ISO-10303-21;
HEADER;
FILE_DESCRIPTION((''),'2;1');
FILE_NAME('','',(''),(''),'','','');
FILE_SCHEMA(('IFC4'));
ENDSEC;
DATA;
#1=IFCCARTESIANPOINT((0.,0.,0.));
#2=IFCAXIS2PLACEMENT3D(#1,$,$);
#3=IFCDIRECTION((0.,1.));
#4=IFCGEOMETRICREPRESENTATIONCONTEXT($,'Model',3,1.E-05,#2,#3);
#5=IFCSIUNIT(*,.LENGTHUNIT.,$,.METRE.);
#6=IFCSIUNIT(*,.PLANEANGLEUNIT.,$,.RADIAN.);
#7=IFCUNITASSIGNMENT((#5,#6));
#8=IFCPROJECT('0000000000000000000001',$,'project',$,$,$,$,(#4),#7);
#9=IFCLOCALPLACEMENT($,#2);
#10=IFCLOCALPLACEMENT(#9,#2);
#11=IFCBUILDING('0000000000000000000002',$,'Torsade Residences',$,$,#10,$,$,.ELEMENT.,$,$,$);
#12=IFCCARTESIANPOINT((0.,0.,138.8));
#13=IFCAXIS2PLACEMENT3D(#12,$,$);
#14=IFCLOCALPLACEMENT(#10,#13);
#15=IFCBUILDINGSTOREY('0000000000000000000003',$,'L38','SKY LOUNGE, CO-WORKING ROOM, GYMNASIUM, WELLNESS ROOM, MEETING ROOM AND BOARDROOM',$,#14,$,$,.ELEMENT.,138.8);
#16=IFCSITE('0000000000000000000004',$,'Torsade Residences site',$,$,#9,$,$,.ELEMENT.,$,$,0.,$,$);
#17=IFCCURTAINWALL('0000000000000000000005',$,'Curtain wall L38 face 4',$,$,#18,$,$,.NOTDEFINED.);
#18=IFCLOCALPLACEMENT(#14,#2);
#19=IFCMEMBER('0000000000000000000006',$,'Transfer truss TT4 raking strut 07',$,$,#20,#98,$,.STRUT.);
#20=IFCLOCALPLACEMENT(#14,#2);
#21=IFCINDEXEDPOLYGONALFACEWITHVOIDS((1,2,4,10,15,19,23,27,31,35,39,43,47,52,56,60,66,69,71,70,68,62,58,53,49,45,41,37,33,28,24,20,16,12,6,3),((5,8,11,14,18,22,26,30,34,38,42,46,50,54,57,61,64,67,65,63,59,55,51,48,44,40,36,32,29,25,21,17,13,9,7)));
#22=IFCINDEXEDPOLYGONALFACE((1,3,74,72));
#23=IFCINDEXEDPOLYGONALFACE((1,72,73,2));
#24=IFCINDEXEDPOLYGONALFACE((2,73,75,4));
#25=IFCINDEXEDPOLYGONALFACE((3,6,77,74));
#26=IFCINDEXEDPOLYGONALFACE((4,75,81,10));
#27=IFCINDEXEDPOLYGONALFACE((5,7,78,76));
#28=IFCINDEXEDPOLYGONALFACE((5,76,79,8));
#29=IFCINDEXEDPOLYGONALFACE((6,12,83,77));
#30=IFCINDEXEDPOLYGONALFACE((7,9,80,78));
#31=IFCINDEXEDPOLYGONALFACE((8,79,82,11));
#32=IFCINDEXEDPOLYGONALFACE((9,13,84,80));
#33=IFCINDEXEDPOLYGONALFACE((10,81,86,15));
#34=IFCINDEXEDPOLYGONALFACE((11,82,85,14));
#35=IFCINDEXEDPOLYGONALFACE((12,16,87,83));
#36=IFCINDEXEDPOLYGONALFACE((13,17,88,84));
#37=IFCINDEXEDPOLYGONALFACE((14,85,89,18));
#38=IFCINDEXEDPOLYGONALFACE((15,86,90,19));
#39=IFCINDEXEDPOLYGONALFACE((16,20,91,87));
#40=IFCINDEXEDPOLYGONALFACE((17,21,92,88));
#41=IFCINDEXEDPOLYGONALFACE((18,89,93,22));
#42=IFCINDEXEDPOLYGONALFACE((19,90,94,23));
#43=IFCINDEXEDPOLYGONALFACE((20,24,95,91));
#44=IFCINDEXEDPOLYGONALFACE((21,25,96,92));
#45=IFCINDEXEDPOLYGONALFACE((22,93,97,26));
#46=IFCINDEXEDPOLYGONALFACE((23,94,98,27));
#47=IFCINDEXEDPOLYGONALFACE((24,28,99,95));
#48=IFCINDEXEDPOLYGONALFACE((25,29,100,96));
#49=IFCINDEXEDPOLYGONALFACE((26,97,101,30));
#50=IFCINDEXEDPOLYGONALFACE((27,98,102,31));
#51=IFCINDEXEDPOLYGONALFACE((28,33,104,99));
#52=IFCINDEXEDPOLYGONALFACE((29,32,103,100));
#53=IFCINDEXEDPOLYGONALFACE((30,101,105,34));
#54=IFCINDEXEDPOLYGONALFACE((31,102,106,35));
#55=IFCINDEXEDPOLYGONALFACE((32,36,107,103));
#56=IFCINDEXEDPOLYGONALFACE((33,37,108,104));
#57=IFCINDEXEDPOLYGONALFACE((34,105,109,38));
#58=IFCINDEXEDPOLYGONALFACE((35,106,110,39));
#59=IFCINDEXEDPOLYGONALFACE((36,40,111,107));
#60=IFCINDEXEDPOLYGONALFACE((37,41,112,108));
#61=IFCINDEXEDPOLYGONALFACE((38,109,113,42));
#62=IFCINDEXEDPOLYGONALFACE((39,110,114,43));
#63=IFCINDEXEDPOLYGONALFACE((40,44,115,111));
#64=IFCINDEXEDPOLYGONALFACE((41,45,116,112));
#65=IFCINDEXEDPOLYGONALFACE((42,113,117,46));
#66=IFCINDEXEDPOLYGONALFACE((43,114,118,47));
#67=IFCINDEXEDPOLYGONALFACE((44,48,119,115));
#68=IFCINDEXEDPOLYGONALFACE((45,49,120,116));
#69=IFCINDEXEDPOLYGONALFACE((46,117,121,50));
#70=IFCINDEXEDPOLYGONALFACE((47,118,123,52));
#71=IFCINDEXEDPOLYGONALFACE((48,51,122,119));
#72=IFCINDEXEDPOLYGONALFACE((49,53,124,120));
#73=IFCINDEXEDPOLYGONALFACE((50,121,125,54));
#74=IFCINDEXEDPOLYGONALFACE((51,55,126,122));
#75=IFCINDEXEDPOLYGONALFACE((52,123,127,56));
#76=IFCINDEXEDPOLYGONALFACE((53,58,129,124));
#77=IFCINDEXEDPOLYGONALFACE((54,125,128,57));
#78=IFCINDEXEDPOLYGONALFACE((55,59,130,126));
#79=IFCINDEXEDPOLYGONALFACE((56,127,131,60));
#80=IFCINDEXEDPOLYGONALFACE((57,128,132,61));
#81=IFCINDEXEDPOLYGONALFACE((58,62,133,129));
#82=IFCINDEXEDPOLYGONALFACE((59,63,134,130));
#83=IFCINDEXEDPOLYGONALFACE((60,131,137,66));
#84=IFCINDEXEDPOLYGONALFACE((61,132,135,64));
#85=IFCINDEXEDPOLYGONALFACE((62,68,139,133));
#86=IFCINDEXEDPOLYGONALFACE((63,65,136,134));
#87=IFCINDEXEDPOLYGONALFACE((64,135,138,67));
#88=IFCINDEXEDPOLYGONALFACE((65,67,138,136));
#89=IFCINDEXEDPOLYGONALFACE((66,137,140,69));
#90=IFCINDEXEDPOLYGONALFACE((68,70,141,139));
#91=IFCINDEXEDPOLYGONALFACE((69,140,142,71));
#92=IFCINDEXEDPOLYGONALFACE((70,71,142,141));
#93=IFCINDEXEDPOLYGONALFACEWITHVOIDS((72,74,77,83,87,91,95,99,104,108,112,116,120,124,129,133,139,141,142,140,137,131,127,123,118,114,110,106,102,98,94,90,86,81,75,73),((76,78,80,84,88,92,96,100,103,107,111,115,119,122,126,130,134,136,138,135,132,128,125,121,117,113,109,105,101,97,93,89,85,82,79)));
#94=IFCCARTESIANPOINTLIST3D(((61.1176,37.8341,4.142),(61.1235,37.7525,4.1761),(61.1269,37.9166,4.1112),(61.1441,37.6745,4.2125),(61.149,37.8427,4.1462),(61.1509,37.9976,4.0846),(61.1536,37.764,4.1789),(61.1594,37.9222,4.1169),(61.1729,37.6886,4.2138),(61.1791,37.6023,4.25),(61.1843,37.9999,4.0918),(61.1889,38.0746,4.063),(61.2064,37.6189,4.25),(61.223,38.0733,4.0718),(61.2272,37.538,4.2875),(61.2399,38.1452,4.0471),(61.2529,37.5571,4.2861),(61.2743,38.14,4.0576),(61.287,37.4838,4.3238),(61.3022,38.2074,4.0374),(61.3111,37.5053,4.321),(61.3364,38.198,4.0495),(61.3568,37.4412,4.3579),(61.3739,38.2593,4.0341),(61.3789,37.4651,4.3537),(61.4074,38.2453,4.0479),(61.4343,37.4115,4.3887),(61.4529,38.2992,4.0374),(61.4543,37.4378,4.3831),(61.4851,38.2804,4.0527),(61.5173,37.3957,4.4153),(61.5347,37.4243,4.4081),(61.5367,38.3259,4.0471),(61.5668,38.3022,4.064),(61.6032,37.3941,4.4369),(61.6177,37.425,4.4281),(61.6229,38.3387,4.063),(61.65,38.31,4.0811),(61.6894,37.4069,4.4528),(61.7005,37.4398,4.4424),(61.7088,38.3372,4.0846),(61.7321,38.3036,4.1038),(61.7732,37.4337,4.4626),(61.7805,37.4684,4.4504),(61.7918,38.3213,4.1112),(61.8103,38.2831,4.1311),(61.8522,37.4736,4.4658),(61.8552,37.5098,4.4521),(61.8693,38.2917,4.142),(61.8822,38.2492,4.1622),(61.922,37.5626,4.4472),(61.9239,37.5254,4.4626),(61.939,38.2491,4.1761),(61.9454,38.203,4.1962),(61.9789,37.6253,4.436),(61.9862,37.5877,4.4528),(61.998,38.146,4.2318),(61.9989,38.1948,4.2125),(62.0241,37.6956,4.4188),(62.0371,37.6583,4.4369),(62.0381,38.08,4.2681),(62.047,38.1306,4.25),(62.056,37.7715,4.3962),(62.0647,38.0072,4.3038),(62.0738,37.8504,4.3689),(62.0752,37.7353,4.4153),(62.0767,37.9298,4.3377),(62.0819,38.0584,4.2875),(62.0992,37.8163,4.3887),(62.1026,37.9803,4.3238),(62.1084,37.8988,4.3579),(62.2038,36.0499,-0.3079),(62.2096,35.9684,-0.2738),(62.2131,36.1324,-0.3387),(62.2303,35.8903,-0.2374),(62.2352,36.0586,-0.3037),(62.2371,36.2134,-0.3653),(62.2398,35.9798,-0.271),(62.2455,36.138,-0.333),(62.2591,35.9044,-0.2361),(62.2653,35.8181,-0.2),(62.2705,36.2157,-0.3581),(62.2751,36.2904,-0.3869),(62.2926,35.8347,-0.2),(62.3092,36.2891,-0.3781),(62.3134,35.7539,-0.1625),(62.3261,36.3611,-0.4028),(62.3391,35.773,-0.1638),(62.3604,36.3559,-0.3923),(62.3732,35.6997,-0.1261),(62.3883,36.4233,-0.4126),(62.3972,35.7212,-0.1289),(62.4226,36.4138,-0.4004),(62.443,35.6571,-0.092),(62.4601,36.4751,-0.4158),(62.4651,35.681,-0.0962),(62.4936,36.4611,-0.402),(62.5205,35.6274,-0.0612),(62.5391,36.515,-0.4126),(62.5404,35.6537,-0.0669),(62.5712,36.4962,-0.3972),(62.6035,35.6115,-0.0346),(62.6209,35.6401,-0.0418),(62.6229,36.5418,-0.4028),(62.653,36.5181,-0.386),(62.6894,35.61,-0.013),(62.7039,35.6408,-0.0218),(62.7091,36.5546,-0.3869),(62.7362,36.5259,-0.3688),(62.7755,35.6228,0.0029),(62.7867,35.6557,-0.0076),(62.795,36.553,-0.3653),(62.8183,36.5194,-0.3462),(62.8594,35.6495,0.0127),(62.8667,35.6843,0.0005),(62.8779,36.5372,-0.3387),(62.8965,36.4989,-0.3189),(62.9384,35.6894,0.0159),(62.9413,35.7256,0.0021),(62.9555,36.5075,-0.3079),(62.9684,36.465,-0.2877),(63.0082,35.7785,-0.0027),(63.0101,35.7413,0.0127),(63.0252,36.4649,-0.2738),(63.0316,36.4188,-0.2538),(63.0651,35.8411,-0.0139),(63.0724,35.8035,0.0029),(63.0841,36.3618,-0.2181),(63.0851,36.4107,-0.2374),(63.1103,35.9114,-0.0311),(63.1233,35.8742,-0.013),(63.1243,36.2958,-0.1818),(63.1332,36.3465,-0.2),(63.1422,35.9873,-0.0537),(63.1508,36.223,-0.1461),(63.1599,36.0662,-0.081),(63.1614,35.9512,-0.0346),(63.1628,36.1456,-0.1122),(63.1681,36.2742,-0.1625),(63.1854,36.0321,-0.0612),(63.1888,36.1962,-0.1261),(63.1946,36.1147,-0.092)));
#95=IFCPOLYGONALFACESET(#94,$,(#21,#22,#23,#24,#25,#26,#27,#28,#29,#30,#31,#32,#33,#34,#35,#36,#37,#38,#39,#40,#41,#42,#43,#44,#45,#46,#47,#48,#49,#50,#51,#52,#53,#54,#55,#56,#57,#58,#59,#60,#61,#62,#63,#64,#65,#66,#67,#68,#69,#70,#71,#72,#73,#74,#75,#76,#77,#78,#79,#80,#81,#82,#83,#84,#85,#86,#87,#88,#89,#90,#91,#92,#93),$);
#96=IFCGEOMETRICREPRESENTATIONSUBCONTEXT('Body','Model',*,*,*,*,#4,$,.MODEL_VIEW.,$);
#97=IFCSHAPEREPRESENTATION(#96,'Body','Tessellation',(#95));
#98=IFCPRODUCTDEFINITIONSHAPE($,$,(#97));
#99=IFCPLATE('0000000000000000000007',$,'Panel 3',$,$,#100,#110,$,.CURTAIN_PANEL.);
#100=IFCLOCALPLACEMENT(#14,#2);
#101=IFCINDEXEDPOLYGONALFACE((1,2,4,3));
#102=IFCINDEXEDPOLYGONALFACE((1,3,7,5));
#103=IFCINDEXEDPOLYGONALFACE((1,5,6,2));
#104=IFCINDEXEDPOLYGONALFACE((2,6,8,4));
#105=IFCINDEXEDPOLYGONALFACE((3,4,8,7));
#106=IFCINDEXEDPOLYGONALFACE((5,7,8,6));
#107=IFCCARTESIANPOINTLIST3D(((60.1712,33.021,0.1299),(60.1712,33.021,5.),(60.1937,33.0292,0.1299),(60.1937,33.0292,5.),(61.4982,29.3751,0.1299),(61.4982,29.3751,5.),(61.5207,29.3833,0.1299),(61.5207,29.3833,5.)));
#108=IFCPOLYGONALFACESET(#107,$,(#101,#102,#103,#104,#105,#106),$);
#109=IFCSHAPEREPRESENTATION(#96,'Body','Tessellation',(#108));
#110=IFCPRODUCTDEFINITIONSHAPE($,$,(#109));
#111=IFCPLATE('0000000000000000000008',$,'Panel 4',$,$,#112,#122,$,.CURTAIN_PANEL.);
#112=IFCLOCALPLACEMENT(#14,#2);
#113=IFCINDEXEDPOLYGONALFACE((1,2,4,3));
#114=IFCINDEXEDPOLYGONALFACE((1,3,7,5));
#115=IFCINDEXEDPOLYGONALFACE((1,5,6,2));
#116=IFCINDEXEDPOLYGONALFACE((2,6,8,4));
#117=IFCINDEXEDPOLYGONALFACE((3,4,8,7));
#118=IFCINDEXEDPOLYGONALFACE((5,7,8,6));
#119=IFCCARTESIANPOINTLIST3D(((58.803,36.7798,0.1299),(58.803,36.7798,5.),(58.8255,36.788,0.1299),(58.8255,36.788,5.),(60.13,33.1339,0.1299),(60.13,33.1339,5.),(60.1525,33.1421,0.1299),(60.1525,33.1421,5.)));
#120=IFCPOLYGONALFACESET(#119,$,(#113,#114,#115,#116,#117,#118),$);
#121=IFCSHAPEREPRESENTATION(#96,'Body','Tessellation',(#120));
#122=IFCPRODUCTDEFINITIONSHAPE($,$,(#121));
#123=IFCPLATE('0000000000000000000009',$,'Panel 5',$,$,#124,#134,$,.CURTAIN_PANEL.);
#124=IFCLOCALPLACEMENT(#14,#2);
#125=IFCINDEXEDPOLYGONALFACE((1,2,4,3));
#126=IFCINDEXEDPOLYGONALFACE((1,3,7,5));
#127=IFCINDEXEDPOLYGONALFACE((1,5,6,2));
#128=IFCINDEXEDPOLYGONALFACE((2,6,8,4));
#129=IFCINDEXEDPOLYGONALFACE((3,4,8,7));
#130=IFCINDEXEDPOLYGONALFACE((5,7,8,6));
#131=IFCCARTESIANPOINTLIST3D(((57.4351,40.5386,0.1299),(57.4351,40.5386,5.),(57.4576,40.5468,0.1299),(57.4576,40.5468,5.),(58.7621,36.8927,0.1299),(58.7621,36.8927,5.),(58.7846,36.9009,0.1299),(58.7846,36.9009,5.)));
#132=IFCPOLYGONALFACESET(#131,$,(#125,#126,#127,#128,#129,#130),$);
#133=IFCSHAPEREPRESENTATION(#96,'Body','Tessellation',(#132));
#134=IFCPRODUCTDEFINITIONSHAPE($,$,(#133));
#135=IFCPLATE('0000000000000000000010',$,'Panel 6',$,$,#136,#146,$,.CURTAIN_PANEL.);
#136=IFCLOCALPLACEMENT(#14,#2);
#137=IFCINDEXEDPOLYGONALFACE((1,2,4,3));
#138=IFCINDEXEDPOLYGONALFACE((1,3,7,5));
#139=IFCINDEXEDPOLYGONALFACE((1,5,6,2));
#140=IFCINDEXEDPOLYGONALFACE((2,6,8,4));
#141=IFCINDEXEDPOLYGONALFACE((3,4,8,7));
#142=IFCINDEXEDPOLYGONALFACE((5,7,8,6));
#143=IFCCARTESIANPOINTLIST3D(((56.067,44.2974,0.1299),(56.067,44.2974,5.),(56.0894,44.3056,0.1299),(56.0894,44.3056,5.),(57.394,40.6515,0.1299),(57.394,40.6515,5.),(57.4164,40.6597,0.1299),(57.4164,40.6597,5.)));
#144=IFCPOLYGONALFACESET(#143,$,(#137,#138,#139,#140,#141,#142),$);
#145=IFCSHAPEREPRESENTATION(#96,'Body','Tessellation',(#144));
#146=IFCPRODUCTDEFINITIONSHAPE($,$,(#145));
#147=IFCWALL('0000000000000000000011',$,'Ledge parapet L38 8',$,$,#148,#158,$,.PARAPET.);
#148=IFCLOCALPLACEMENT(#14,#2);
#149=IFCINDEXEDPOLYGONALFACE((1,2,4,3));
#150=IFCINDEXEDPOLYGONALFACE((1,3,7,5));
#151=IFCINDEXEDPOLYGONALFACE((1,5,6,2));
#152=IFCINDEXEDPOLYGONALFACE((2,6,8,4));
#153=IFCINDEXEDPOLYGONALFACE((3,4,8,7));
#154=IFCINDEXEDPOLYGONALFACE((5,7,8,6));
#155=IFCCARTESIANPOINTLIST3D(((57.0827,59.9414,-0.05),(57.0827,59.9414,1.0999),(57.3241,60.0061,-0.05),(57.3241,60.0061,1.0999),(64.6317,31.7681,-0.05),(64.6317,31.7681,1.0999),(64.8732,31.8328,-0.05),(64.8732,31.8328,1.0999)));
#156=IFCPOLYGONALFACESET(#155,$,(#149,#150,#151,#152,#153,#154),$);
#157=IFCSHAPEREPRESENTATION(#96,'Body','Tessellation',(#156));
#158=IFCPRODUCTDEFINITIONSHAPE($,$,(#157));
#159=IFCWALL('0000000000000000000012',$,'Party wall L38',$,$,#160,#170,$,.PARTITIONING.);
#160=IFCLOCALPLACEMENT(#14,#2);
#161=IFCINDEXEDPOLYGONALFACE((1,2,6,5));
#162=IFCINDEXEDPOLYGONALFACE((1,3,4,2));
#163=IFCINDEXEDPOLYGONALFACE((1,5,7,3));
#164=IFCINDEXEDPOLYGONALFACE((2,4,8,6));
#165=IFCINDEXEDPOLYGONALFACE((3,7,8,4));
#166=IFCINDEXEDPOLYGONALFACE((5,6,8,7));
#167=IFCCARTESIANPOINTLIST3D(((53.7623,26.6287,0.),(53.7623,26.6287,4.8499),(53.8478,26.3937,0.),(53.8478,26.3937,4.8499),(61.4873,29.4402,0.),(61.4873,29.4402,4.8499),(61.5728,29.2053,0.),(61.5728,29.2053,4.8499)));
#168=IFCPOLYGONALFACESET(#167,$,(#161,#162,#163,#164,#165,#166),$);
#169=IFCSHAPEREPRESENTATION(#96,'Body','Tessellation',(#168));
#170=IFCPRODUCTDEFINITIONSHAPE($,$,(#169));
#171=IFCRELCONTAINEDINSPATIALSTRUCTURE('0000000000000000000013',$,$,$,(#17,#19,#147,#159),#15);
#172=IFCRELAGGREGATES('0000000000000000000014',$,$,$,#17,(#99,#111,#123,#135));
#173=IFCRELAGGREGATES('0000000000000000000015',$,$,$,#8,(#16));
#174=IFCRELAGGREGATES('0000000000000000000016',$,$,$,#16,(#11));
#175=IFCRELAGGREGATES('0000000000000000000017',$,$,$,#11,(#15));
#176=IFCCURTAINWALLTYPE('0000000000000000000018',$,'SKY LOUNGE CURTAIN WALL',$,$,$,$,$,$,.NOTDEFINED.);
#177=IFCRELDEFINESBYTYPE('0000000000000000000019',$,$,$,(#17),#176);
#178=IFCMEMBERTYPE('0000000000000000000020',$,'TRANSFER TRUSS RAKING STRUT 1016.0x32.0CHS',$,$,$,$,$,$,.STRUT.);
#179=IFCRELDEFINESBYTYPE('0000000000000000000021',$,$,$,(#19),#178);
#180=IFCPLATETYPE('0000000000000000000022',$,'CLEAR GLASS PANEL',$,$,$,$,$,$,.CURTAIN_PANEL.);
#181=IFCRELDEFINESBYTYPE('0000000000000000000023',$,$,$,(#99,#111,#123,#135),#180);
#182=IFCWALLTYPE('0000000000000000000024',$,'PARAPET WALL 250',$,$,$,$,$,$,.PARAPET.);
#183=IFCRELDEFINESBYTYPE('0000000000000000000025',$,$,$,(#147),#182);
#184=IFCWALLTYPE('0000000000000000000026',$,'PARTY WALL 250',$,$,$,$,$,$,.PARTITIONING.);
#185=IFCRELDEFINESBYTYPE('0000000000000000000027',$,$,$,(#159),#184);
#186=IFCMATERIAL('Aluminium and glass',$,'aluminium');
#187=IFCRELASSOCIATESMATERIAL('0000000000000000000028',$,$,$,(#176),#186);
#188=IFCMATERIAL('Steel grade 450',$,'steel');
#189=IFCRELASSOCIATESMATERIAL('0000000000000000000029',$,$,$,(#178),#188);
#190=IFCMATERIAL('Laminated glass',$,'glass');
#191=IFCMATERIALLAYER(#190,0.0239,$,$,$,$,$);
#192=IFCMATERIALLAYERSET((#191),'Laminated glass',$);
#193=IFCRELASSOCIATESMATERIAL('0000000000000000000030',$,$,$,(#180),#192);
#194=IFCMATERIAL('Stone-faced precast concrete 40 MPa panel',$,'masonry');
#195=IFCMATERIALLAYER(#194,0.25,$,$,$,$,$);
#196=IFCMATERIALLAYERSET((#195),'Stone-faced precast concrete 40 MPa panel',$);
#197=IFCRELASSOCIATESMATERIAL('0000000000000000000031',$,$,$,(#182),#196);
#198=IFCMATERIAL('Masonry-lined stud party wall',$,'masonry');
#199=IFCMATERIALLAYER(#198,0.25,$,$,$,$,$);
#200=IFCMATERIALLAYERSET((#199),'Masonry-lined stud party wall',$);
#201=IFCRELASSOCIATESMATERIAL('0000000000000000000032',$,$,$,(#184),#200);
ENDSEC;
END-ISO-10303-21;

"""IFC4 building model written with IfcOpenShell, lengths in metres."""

from ifc_helpers import new_model, si_unit, direction, frame, frame_2d, origin, origin_2d, place, context, subcontext, project, spatial, rectangle, hollow_circle, extrude, material, layer, layer_set, material_profile, profile_set, type_object, element, aggregate, save


model = new_model("IFC4")

# Units and contexts
model_context = context("Model", 3, precision=1e-05, world=origin(), true_north=direction((0.0, 1.0)))
body_context = subcontext(model_context, "Body", "Model", "MODEL_VIEW")
ifc_project = project(units=[si_unit("LENGTHUNIT", "METRE"), si_unit("PLANEANGLEUNIT", "RADIAN")], contexts=[model_context])

# Site, building, storey
site_placement = place(None, origin())
site = spatial("IfcSite", under=ifc_project, at=site_placement, Name="Torsade Residences site", CompositionType="ELEMENT", RefElevation=0.0)
building_placement = place(site_placement, origin())
building = spatial("IfcBuilding", under=site, at=building_placement, Name="Torsade Residences", CompositionType="ELEMENT")
storey_placement = place(building_placement, frame((0.0, 0.0, 138.8)))
storey = spatial("IfcBuildingStorey", under=building, at=storey_placement, Name="L38", Description="SKY LOUNGE, CO-WORKING ROOM, GYMNASIUM, WELLNESS ROOM, MEETING ROOM AND BOARDROOM", CompositionType="ELEMENT", Elevation=138.8)

# Curtain wall
ifc_material_1 = material(Name="Aluminium and glass", Category="aluminium")
curtain_wall_type = type_object("IfcCurtainWallType", Name="SKY LOUNGE CURTAIN WALL", PredefinedType="NOTDEFINED", material=ifc_material_1)
curtain_wall_placement = place(storey_placement, origin())
curtain_wall = element("IfcCurtainWall", 1, at=curtain_wall_placement, inside=storey, type_object=curtain_wall_type, Name="Curtain wall L38 face 4", PredefinedType="NOTDEFINED")

# Member
ifc_material_2 = material(Name="Steel grade 450", Category="steel")
ifc_material_profile_1 = material_profile(ifc_material_2, hollow_circle(Radius=0.5081, WallThickness=0.032, at=origin_2d()), Name="1016.0x32.0CHS")
ifc_profile_set_1 = profile_set([ifc_material_profile_1], Name="Steel grade 450")
member_type_1 = type_object("IfcMemberType", Name="TRANSFER TRUSS RAKING STRUT 1016.0x32.0CHS", PredefinedType="STRUT", material=ifc_profile_set_1)
member_1_placement = place(storey_placement, frame((62.6992, 36.0823, -0.2), z_axis=(-0.220957, 0.362948, 0.905233), x_axis=(-0.854165, -0.520003, 0.0)))
element("IfcMember", 2, at=member_1_placement, inside=storey, type_object=member_type_1, Name="Transfer truss TT4 raking strut 07", PredefinedType="STRUT", context=body_context, shape_type="SweptSolid", body=[
    extrude(hollow_circle(Radius=0.5081, WallThickness=0.032, at=origin_2d()), origin(), (0.0, 0.0, 1.0), 4.9158),
])

# Plates
ifc_material_3 = material(Name="Laminated glass", Category="glass")
ifc_layer_1 = layer(ifc_material_3, 0.0239)
ifc_layer_set_1 = layer_set([ifc_layer_1], Name="Laminated glass")
plate_type = type_object("IfcPlateType", Name="CLEAR GLASS PANEL", PredefinedType="CURTAIN_PANEL", material=ifc_layer_set_1)
plate_1_placement = place(storey_placement, frame((60.8459, 31.2021, 0.1299), z_axis=(0.0, 0.0, 1.0), x_axis=(-0.34202, 0.939693, 0.0)))
plate_1 = element("IfcPlate", 3, at=plate_1_placement, type_object=plate_type, Name="Panel 3", PredefinedType="CURTAIN_PANEL", context=body_context, shape_type="SweptSolid", body=[
    extrude(rectangle(XDim=3.8799, YDim=0.0239, at=origin_2d()), origin(), (0.0, 0.0, 1.0), 4.8701),
])
plate_2_placement = place(storey_placement, frame((59.4778, 34.9609, 0.1299), z_axis=(0.0, 0.0, 1.0), x_axis=(-0.34202, 0.939693, 0.0)))
plate_2 = element("IfcPlate", 4, at=plate_2_placement, type_object=plate_type, Name="Panel 4", PredefinedType="CURTAIN_PANEL", context=body_context, shape_type="SweptSolid", body=[
    extrude(rectangle(XDim=3.8799, YDim=0.0239, at=origin_2d()), origin(), (0.0, 0.0, 1.0), 4.8701),
])
plate_3_placement = place(storey_placement, frame((58.1099, 38.7197, 0.1299), z_axis=(0.0, 0.0, 1.0), x_axis=(-0.34202, 0.939693, 0.0)))
plate_3 = element("IfcPlate", 5, at=plate_3_placement, type_object=plate_type, Name="Panel 5", PredefinedType="CURTAIN_PANEL", context=body_context, shape_type="SweptSolid", body=[
    extrude(rectangle(XDim=3.8799, YDim=0.0239, at=origin_2d()), origin(), (0.0, 0.0, 1.0), 4.8701),
])
plate_4_placement = place(storey_placement, frame((56.7417, 42.4785, 0.1299), z_axis=(0.0, 0.0, 1.0), x_axis=(-0.34202, 0.939693, 0.0)))
plate_4 = element("IfcPlate", 6, at=plate_4_placement, type_object=plate_type, Name="Panel 6", PredefinedType="CURTAIN_PANEL", context=body_context, shape_type="SweptSolid", body=[
    extrude(rectangle(XDim=3.8799, YDim=0.0239, at=origin_2d()), origin(), (0.0, 0.0, 1.0), 4.8701),
])
aggregate(curtain_wall, [plate_1, plate_2, plate_3, plate_4])

# Walls
ifc_material_4 = material(Name="Stone-faced precast concrete 40 MPa panel", Category="masonry")
ifc_layer_2 = layer(ifc_material_4, 0.25)
ifc_layer_set_2 = layer_set([ifc_layer_2], Name="Stone-faced precast concrete 40 MPa panel")
wall_type_1 = type_object("IfcWallType", Name="PARAPET WALL 250", PredefinedType="PARAPET", material=ifc_layer_set_2)
wall_1_placement = place(storey_placement, frame((64.7524, 31.8005, -0.05), z_axis=(0.0, 0.0, 1.0), x_axis=(-0.258821, 0.965925, 0.0)))
element("IfcWall", 7, at=wall_1_placement, inside=storey, type_object=wall_type_1, Name="Ledge parapet L38 8", PredefinedType="PARAPET", context=body_context, shape_type="SweptSolid", body=[
    extrude(rectangle(XDim=29.1672, YDim=0.25, at=frame_2d((14.5835, 0.0))), origin(), (0.0, 0.0, 1.0), 1.1499),
])
ifc_material_5 = material(Name="Masonry-lined stud party wall", Category="masonry")
ifc_layer_3 = layer(ifc_material_5, 0.25)
ifc_layer_set_3 = layer_set([ifc_layer_3], Name="Masonry-lined stud party wall")
wall_type_2 = type_object("IfcWallType", Name="PARTY WALL 250", PredefinedType="PARTITIONING", material=ifc_layer_set_3)
wall_2_placement = place(storey_placement, frame((61.53, 29.3228, 0.0), z_axis=(0.0, 0.0, 1.0), x_axis=(-0.939696, -0.34201, 0.0)))
element("IfcWall", 8, at=wall_2_placement, inside=storey, type_object=wall_type_2, Name="Party wall L38", PredefinedType="PARTITIONING", context=body_context, shape_type="SweptSolid", body=[
    extrude(rectangle(XDim=8.2207, YDim=0.25, at=frame_2d((4.1104, 0.0))), origin(), (0.0, 0.0, 1.0), 4.8499),
])

save(model, "model.ifc")
